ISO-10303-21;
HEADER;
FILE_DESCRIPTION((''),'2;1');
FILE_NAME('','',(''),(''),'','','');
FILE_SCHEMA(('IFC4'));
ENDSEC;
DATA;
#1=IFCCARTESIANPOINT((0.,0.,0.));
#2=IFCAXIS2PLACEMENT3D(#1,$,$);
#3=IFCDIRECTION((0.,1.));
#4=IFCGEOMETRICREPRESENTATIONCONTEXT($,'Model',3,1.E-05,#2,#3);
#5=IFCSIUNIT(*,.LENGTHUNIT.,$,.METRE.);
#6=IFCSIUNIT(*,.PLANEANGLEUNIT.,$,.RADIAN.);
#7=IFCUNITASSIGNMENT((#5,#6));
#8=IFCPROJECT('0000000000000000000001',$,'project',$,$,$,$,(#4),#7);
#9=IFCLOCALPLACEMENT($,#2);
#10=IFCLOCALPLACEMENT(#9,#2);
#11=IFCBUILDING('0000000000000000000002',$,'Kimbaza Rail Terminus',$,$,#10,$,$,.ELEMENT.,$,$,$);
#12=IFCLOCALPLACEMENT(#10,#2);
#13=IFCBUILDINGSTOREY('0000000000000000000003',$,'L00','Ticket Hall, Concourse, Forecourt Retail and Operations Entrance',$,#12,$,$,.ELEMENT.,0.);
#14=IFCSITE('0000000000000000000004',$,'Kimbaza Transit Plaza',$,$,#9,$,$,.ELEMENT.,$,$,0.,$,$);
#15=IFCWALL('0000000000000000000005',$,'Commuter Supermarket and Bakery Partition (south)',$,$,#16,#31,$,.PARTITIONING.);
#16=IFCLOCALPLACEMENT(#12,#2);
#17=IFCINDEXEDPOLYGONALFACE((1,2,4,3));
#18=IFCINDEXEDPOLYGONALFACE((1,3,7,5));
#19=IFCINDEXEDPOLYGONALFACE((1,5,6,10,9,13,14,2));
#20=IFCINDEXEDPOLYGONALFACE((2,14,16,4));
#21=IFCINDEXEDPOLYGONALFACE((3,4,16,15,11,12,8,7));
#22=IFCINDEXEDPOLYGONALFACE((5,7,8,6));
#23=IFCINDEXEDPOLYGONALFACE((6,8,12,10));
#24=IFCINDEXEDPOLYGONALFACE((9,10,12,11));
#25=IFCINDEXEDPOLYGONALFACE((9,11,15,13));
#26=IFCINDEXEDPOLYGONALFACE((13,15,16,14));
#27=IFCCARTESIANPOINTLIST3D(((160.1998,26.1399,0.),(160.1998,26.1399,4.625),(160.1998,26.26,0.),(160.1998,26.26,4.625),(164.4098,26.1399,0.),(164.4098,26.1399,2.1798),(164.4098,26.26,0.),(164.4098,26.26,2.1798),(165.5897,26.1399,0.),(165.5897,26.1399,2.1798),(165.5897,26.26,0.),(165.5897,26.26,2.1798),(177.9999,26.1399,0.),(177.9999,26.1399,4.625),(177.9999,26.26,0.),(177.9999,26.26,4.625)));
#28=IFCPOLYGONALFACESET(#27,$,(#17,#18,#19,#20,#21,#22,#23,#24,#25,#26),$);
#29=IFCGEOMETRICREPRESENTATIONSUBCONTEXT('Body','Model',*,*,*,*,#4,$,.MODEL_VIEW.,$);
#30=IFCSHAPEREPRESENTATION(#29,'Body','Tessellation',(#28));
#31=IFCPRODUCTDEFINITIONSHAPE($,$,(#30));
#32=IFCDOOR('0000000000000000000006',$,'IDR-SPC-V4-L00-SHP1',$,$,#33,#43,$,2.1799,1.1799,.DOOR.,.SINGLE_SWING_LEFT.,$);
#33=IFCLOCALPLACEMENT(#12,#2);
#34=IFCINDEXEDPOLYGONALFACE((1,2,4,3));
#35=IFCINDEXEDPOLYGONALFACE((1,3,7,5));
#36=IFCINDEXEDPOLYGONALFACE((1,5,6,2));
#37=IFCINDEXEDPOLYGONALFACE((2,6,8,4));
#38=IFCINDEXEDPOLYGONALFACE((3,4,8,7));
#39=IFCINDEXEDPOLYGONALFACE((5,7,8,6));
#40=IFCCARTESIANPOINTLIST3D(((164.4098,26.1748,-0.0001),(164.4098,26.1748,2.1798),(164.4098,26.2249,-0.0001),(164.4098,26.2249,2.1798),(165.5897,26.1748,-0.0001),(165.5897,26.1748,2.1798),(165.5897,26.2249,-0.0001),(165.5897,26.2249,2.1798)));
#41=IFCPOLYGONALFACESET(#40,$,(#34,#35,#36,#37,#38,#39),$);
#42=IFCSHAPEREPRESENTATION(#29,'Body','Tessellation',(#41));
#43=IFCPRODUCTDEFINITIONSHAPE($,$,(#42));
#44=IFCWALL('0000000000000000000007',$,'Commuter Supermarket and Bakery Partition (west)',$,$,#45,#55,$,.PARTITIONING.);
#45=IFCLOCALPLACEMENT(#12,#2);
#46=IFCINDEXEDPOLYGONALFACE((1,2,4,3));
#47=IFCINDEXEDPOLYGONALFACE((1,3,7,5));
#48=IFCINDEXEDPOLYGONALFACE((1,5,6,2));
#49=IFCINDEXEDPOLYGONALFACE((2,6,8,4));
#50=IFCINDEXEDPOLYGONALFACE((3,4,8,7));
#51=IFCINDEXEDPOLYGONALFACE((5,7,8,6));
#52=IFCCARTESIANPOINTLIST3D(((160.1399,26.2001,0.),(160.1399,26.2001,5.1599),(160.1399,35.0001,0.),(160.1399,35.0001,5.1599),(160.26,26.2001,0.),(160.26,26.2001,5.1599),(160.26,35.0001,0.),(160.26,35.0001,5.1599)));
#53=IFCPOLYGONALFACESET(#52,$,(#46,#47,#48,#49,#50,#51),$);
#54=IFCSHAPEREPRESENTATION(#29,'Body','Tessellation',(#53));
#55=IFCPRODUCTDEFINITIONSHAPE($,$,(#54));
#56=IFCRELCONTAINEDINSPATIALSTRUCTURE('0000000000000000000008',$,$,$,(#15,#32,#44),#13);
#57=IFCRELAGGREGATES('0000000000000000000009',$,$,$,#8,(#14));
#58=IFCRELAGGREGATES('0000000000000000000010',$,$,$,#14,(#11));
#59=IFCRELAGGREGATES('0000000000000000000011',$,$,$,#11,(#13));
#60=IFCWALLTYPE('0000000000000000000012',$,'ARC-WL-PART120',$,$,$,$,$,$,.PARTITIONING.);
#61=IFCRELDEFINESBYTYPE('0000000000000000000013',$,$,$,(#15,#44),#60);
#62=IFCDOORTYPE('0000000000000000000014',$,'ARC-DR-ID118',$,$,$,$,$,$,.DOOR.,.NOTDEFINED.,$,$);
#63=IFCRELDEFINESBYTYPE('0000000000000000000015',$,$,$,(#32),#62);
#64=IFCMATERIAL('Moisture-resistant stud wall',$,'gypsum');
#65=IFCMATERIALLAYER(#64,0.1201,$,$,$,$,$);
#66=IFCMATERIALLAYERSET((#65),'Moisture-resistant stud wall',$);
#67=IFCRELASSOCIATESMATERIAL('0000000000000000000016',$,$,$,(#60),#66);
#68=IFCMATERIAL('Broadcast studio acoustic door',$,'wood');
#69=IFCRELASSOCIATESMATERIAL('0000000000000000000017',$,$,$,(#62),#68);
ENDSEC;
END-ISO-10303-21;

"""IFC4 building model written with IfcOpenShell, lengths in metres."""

from ifc_helpers import new_model, si_unit, direction, frame, frame_2d, origin, place, context, subcontext, project, spatial, rectangle, extrude, material, layer, layer_set, type_object, element, fill, save


model = new_model("IFC4")

# Units and contexts
model_context = context("Model", 3, precision=1e-05, world=origin(), true_north=direction((0.0, 1.0)))
body_context = subcontext(model_context, "Body", "Model", "MODEL_VIEW")
ifc_project = project(units=[si_unit("LENGTHUNIT", "METRE"), si_unit("PLANEANGLEUNIT", "RADIAN")], contexts=[model_context])

# Site, building, storey
site_placement = place(None, origin())
site = spatial("IfcSite", under=ifc_project, at=site_placement, Name="Kimbaza Transit Plaza", CompositionType="ELEMENT", RefElevation=0.0)
building_placement = place(site_placement, origin())
building = spatial("IfcBuilding", under=site, at=building_placement, Name="Kimbaza Rail Terminus", CompositionType="ELEMENT")
storey_placement = place(building_placement, origin())
storey = spatial("IfcBuildingStorey", under=building, at=storey_placement, Name="L00", Description="Ticket Hall, Concourse, Forecourt Retail and Operations Entrance", CompositionType="ELEMENT", Elevation=0.0)

# Wall, opening, door
ifc_material_1 = material(Name="Moisture-resistant stud wall", Category="gypsum")
ifc_layer_1 = layer(ifc_material_1, 0.1201)
ifc_layer_set_1 = layer_set([ifc_layer_1], Name="Moisture-resistant stud wall")
wall_type_1 = type_object("IfcWallType", Name="ARC-WL-PART120", PredefinedType="PARTITIONING", material=ifc_layer_set_1)
wall_1_placement = place(storey_placement, frame((160.2, 26.2, 0.0), z_axis=(0.0, 0.0, 1.0), x_axis=(1.0, 0.0, 0.0)))
wall_1 = element("IfcWall", 1, at=wall_1_placement, inside=storey, type_object=wall_type_1, Name="Commuter Supermarket and Bakery Partition (south)", PredefinedType="PARTITIONING", context=body_context, shape_type="SweptSolid", body=[
    extrude(rectangle(XDim=17.8, YDim=0.1201, at=frame_2d((8.8999, 0.0))), origin(), (0.0, 0.0, 1.0), 4.625),
])
opening_1_placement = place(wall_1_placement, frame((4.21, 0.0, 0.0)))
opening_1 = element("IfcOpeningElement", 2, at=opening_1_placement, cuts=wall_1, PredefinedType="OPENING", context=body_context, shape_type="SweptSolid", body=[
    extrude(rectangle(XDim=1.1799, YDim=2.1799, at=frame_2d((0.5898, 1.0898))), frame((0.0, 0.0701, 0.0), z_axis=(0.0, -1.0, 0.0), x_axis=(1.0, 0.0, 0.0)), (0.0, 0.0, 1.0), 0.1401),
])
ifc_material_2 = material(Name="Broadcast studio acoustic door", Category="wood")
door_type_1 = type_object("IfcDoorType", Name="ARC-DR-ID118", OperationType="NOTDEFINED", PredefinedType="DOOR", material=ifc_material_2)
door_1_placement = place(opening_1_placement, origin())
door_1 = element("IfcDoor", 3, at=door_1_placement, inside=storey, type_object=door_type_1, Name="IDR-SPC-V4-L00-SHP1", OperationType="SINGLE_SWING_LEFT", OverallHeight=2.1799, OverallWidth=1.1799, PredefinedType="DOOR", context=body_context, shape_type="SweptSolid", body=[
    extrude(rectangle(XDim=1.1799, YDim=2.1799, at=frame_2d((0.5898, 1.0898))), frame((0.0, 0.0249, 0.0), z_axis=(0.0, -1.0, 0.0), x_axis=(1.0, 0.0, 0.0)), (0.0, 0.0, 1.0), 0.05),
])
fill(opening_1, door_1)

# Wall
wall_2_placement = place(storey_placement, frame((160.2, 35.0, 0.0), z_axis=(0.0, 0.0, 1.0), x_axis=(0.0, -1.0, 0.0)))
element("IfcWall", 4, at=wall_2_placement, inside=storey, type_object=wall_type_1, Name="Commuter Supermarket and Bakery Partition (west)", PredefinedType="PARTITIONING", context=body_context, shape_type="SweptSolid", body=[
    extrude(rectangle(XDim=8.8, YDim=0.1201, at=frame_2d((4.3999, 0.0))), origin(), (0.0, 0.0, 1.0), 5.1599),
])

save(model, "model.ifc")
